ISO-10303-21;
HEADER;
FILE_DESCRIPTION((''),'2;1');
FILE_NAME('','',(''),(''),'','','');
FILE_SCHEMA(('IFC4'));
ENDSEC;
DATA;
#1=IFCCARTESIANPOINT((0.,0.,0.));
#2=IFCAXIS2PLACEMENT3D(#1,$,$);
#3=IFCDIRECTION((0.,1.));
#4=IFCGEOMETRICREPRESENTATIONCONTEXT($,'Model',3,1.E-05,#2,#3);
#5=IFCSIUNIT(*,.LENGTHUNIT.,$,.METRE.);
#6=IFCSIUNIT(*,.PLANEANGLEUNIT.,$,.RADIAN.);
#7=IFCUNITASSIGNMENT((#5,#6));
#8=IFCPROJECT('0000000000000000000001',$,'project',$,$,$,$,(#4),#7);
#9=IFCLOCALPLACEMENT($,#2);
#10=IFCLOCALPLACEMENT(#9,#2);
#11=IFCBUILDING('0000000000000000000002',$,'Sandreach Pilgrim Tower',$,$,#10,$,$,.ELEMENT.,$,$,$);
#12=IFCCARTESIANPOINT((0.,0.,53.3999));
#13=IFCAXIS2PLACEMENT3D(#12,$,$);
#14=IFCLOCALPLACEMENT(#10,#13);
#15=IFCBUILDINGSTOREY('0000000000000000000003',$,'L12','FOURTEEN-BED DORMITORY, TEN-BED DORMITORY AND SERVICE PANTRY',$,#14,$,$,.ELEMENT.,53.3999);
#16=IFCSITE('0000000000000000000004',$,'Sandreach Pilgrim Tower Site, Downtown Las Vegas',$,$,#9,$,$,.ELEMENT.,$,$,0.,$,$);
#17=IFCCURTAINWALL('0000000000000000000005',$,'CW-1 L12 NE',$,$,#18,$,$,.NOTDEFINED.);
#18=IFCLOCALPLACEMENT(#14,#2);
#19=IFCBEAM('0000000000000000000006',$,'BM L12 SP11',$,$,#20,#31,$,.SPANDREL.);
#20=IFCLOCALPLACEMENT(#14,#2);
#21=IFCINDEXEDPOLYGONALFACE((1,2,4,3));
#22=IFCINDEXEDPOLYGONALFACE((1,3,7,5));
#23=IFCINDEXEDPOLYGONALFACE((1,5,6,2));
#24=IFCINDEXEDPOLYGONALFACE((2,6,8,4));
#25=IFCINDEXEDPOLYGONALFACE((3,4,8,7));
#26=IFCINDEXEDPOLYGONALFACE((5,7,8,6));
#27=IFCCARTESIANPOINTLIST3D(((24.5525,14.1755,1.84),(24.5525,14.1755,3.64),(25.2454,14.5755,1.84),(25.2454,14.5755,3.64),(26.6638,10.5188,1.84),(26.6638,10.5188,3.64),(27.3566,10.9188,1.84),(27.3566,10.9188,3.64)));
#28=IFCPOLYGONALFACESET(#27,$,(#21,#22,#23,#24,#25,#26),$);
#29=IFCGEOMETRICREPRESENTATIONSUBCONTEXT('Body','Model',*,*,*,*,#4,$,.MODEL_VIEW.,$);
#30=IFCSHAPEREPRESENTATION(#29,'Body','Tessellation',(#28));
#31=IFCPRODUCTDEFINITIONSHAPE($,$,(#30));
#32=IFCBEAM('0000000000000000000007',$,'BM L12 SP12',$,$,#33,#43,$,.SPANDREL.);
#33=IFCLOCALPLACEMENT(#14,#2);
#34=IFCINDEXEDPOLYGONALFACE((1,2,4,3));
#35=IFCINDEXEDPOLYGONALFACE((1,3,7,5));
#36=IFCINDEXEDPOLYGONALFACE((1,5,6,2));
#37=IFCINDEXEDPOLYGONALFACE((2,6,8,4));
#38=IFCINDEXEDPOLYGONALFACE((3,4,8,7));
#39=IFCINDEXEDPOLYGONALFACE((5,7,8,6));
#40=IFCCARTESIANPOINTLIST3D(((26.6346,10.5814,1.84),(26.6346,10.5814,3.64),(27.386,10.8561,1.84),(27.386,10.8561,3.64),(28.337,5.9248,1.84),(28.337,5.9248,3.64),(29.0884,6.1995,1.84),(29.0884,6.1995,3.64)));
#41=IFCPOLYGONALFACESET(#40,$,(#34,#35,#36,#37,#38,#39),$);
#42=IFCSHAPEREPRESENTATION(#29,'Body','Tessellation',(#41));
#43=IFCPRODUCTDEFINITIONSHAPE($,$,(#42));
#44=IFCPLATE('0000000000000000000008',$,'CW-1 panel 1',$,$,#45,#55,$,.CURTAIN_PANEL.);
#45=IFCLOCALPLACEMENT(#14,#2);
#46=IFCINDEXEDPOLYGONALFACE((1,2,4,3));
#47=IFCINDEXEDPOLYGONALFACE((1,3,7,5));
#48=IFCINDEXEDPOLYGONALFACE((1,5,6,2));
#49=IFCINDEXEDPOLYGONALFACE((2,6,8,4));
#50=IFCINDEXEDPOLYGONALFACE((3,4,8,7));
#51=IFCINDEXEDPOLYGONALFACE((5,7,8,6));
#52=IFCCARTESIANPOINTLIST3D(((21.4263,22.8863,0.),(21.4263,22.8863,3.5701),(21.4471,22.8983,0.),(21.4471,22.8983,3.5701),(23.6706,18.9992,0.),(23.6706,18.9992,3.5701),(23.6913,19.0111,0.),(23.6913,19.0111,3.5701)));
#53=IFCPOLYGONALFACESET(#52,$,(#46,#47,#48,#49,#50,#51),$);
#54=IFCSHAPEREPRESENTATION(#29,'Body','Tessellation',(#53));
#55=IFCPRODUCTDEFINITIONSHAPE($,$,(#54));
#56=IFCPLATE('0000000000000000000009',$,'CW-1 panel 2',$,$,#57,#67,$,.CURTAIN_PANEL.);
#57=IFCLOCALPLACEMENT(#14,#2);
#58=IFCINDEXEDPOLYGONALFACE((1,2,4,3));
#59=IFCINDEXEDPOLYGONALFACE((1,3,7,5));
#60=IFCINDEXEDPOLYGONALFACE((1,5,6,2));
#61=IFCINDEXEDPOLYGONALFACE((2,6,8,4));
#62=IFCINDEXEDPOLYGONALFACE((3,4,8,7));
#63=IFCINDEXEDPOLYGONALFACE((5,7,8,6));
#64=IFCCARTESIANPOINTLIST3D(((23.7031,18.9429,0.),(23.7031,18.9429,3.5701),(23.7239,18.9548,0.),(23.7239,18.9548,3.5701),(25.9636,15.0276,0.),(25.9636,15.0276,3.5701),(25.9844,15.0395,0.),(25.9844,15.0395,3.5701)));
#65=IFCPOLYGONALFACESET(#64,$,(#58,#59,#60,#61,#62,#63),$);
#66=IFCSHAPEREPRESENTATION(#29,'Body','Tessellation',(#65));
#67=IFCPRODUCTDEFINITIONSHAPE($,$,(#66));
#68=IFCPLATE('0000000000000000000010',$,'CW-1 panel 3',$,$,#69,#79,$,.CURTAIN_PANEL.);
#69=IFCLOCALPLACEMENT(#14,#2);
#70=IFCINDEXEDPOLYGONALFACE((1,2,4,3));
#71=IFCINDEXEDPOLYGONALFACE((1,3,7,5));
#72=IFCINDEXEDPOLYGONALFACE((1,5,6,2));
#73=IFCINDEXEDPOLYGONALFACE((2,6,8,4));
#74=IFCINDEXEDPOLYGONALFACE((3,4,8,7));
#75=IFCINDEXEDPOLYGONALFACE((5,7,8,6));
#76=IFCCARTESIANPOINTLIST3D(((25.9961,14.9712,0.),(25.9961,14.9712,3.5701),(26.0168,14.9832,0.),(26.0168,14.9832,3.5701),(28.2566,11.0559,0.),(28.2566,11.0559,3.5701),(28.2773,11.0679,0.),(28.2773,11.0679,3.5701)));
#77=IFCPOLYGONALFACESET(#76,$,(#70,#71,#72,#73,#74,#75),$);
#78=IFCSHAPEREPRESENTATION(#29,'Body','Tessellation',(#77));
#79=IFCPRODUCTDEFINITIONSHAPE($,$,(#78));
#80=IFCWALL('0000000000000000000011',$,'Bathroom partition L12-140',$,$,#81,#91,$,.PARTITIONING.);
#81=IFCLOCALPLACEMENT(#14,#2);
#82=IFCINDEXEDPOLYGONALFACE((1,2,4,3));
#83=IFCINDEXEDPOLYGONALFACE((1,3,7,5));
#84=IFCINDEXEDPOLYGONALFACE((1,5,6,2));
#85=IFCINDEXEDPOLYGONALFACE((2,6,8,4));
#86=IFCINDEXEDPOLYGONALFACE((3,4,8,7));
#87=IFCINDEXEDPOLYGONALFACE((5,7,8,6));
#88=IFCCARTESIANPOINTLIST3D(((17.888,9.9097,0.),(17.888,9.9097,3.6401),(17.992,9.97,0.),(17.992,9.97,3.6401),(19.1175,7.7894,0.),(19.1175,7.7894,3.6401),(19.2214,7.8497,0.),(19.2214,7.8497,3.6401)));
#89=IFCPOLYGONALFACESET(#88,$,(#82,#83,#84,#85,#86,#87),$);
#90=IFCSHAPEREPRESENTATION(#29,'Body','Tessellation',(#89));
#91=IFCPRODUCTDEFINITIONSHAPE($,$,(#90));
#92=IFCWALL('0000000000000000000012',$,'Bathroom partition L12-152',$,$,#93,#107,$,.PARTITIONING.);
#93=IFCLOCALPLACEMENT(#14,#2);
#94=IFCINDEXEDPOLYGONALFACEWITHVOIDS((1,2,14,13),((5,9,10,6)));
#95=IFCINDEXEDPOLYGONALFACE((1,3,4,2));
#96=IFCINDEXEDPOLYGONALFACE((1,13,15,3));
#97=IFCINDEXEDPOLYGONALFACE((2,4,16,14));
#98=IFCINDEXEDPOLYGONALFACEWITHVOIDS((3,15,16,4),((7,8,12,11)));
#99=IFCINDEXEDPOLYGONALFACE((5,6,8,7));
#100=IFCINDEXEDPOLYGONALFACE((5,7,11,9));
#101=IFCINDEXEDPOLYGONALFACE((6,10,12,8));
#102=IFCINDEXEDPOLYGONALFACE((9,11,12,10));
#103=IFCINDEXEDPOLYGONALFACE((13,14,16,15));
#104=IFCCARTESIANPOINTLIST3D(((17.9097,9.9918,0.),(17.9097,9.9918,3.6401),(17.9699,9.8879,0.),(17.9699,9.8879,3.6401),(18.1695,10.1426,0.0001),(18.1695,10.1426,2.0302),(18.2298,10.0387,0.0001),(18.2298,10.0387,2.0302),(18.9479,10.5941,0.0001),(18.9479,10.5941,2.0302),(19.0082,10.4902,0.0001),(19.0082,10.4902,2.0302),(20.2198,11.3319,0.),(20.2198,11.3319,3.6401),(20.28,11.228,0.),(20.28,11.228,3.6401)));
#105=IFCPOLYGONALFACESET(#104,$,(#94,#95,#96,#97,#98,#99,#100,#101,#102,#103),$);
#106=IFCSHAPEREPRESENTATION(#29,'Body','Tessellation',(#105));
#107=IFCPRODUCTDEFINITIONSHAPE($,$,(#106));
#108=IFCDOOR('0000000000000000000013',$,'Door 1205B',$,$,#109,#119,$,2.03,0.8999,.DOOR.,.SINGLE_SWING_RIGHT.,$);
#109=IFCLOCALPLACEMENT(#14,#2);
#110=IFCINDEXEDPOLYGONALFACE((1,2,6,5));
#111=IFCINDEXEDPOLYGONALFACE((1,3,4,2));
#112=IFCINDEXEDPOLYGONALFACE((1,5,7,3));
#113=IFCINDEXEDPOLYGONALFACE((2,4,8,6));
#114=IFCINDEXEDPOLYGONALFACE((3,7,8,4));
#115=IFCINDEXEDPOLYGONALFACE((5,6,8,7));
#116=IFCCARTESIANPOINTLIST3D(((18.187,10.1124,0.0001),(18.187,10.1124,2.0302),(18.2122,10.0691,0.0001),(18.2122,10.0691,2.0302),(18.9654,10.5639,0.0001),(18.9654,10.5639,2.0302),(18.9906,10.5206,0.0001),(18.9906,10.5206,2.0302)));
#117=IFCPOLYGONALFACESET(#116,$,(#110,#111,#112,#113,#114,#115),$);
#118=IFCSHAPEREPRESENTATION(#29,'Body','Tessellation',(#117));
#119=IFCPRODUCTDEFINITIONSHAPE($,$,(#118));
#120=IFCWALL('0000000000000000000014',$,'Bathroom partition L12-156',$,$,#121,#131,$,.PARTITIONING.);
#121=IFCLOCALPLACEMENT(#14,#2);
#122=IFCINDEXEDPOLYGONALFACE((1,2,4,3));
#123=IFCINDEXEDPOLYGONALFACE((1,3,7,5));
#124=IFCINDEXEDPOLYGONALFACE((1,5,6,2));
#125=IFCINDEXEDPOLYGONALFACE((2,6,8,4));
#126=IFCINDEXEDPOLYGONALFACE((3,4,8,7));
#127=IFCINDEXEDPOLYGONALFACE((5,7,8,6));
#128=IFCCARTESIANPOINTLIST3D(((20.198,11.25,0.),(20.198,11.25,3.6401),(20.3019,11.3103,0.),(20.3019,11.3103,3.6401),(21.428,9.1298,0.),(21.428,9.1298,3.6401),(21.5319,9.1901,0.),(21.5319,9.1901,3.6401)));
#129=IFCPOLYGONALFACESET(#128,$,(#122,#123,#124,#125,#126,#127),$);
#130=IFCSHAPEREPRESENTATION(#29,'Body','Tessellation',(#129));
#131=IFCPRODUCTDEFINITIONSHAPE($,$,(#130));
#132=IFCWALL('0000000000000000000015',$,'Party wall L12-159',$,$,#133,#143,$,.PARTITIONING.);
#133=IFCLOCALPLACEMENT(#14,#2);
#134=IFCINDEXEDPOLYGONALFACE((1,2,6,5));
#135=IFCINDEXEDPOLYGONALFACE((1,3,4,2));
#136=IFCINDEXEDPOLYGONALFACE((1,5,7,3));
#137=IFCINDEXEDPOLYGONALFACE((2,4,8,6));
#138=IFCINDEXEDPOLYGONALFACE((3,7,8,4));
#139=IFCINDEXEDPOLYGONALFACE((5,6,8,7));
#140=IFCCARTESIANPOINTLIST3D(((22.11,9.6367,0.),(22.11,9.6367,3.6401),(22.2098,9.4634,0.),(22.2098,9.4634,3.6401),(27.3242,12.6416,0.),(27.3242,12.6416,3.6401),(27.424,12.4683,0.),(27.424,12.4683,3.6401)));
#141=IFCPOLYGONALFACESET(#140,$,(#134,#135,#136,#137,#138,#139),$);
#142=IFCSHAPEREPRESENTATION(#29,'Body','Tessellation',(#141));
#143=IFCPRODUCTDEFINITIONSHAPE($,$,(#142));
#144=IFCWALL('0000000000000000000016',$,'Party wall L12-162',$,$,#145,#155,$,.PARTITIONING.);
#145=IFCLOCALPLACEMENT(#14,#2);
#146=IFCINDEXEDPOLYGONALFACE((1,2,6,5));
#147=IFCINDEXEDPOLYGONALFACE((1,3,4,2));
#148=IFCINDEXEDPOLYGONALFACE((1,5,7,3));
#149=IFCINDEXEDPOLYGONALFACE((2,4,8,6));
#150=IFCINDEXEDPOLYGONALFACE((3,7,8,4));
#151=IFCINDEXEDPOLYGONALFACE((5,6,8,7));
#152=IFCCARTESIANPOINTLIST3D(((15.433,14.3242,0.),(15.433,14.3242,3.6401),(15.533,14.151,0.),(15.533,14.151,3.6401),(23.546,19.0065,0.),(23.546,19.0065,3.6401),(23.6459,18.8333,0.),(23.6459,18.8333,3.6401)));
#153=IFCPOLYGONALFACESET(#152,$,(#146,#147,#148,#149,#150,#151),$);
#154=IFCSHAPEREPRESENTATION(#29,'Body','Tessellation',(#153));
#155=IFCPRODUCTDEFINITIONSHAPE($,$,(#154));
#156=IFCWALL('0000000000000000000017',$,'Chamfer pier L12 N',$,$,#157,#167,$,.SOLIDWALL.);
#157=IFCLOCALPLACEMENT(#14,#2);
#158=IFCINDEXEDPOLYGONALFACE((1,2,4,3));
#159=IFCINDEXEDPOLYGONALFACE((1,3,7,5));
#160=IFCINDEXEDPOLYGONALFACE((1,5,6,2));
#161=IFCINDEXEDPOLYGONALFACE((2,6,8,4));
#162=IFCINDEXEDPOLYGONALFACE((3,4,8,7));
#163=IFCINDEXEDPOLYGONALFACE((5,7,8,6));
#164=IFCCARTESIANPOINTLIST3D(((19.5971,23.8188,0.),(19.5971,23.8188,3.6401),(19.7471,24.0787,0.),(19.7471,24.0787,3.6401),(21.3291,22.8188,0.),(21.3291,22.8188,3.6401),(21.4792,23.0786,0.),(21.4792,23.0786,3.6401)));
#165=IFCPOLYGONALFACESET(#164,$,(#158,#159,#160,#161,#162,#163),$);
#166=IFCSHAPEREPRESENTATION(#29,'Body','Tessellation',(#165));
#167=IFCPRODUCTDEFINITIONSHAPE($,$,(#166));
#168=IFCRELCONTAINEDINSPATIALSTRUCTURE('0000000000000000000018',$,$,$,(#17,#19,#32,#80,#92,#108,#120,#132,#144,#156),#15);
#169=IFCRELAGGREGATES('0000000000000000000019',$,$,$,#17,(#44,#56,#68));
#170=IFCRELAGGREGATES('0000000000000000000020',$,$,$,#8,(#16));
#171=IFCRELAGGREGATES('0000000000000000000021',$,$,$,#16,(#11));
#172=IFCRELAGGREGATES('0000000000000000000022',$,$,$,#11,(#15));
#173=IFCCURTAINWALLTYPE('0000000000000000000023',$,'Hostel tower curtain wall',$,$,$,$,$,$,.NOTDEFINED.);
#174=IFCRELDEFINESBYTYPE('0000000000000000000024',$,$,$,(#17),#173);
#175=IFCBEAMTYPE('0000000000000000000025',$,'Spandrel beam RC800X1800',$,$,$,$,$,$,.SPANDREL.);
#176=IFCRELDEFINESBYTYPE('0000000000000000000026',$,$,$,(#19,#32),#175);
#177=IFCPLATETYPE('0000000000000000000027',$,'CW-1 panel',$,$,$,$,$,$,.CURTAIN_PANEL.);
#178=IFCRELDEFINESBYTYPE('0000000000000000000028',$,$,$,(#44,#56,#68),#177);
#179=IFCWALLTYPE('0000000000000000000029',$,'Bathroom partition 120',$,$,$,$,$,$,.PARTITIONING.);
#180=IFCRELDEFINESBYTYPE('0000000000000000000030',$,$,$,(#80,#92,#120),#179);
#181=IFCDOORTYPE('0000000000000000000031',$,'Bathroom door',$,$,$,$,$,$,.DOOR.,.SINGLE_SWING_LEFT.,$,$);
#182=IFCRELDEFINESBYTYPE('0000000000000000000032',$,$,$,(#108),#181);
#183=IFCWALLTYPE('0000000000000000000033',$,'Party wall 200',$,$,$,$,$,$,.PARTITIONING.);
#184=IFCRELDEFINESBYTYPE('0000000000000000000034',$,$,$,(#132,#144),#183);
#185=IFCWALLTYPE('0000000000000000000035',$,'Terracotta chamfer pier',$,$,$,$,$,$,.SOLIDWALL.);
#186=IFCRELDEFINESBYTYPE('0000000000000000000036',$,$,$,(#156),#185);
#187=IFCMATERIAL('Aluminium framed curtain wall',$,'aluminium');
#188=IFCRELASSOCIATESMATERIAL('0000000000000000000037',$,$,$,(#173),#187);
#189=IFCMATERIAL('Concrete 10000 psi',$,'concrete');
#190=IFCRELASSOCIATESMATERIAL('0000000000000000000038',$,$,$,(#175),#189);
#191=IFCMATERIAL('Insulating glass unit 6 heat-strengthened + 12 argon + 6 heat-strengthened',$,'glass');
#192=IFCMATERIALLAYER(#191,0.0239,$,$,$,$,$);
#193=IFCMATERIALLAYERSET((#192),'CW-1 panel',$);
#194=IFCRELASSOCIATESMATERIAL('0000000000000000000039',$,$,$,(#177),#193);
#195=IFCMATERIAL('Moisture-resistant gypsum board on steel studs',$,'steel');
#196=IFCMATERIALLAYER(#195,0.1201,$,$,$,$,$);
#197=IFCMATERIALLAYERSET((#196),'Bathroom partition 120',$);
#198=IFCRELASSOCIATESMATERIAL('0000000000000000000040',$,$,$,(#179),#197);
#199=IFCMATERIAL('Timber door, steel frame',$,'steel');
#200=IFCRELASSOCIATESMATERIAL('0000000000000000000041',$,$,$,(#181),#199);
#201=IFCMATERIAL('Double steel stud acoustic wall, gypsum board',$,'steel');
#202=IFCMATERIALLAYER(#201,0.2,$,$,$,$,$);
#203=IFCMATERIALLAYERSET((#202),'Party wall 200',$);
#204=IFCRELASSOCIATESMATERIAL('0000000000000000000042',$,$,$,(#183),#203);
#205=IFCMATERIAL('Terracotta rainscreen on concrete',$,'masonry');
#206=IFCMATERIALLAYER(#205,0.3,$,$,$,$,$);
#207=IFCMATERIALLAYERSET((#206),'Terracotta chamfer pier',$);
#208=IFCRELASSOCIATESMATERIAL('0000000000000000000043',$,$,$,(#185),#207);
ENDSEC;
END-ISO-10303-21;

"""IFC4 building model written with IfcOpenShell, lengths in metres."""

from ifc_helpers import new_model, si_unit, direction, frame, frame_2d, origin, origin_2d, place, context, subcontext, project, spatial, rectangle, extrude, material, layer, layer_set, material_profile, profile_set, type_object, element, fill, aggregate, save


model = new_model("IFC4")

# Units and contexts
model_context = context("Model", 3, precision=1e-05, world=origin(), true_north=direction((0.0, 1.0)))
body_context = subcontext(model_context, "Body", "Model", "MODEL_VIEW")
ifc_project = project(units=[si_unit("LENGTHUNIT", "METRE"), si_unit("PLANEANGLEUNIT", "RADIAN")], contexts=[model_context])

# Site, building, storey
site_placement = place(None, origin())
site = spatial("IfcSite", under=ifc_project, at=site_placement, Name="Sandreach Pilgrim Tower Site, Downtown Las Vegas", CompositionType="ELEMENT", RefElevation=0.0)
building_placement = place(site_placement, origin())
building = spatial("IfcBuilding", under=site, at=building_placement, Name="Sandreach Pilgrim Tower", CompositionType="ELEMENT")
storey_placement = place(building_placement, frame((0.0, 0.0, 53.3999)))
storey = spatial("IfcBuildingStorey", under=building, at=storey_placement, Name="L12", Description="FOURTEEN-BED DORMITORY, TEN-BED DORMITORY AND SERVICE PANTRY", CompositionType="ELEMENT", Elevation=53.3999)

# Shared definitions
ifc_material_1 = material(Name="Aluminium framed curtain wall", Category="aluminium")
curtain_wall_type = type_object("IfcCurtainWallType", Name="Hostel tower curtain wall", PredefinedType="NOTDEFINED", material=ifc_material_1)

# Curtain wall
curtain_wall_1_placement = place(storey_placement, origin())
curtain_wall_1 = element("IfcCurtainWall", 1, at=curtain_wall_1_placement, inside=storey, type_object=curtain_wall_type, Name="CW-1 L12 NE", PredefinedType="NOTDEFINED")

# Beams
ifc_material_2 = material(Name="Concrete 10000 psi", Category="concrete")
ifc_material_profile_1 = material_profile(ifc_material_2, rectangle(XDim=0.8, YDim=1.8, at=origin_2d()), Name="RC800X1800")
ifc_profile_set_1 = profile_set([ifc_material_profile_1], Name="Concrete 10000 psi")
beam_type_1 = type_object("IfcBeamType", Name="Spandrel beam RC800X1800", PredefinedType="SPANDREL", material=ifc_profile_set_1)
beam_1_placement = place(storey_placement, frame((24.8989, 14.3755, 2.74), z_axis=(0.500019, -0.866014, 0.0), x_axis=(0.866014, 0.500019, 0.0)))
element("IfcBeam", 2, at=beam_1_placement, inside=storey, type_object=beam_type_1, Name="BM L12 SP11", PredefinedType="SPANDREL", context=body_context, shape_type="SweptSolid", body=[
    extrude(rectangle(XDim=0.8, YDim=1.8, at=origin_2d()), origin(), (0.0, 0.0, 1.0), 4.2224),
])
beam_2_placement = place(storey_placement, frame((27.0103, 10.7188, 2.74), z_axis=(0.343368, -0.939201, 0.0), x_axis=(0.939201, 0.343368, 0.0)))
element("IfcBeam", 3, at=beam_2_placement, inside=storey, type_object=beam_type_1, Name="BM L12 SP12", PredefinedType="SPANDREL", context=body_context, shape_type="SweptSolid", body=[
    extrude(rectangle(XDim=0.8, YDim=1.8, at=origin_2d()), origin(), (0.0, 0.0, 1.0), 4.958),
])

# Plates
ifc_material_3 = material(Name="Insulating glass unit 6 heat-strengthened + 12 argon + 6 heat-strengthened", Category="glass")
ifc_layer_1 = layer(ifc_material_3, 0.0239)
ifc_layer_set_1 = layer_set([ifc_layer_1], Name="CW-1 panel")
plate_type = type_object("IfcPlateType", Name="CW-1 panel", PredefinedType="CURTAIN_PANEL", material=ifc_layer_set_1)
plate_1_placement = place(storey_placement, frame((22.5588, 20.9487, 0.0), z_axis=(0.0, 0.0, 1.0), x_axis=(0.5, -0.866025, 0.0)))
plate_1 = element("IfcPlate", 4, at=plate_1_placement, type_object=plate_type, Name="CW-1 panel 1", PredefinedType="CURTAIN_PANEL", context=body_context, shape_type="SweptSolid", body=[
    extrude(rectangle(XDim=4.4885, YDim=0.0239, at=origin_2d()), origin(), (0.0, 0.0, 1.0), 3.5701),
])
plate_2_placement = place(storey_placement, frame((24.8438, 16.9912, 0.0), z_axis=(0.0, 0.0, 1.0), x_axis=(0.5, -0.866025, 0.0)))
plate_2 = element("IfcPlate", 5, at=plate_2_placement, type_object=plate_type, Name="CW-1 panel 2", PredefinedType="CURTAIN_PANEL", context=body_context, shape_type="SweptSolid", body=[
    extrude(rectangle(XDim=4.521, YDim=0.0239, at=origin_2d()), origin(), (0.0, 0.0, 1.0), 3.5701),
])
plate_3_placement = place(storey_placement, frame((27.1367, 13.0195, 0.0), z_axis=(0.0, 0.0, 1.0), x_axis=(0.5, -0.866025, 0.0)))
plate_3 = element("IfcPlate", 6, at=plate_3_placement, type_object=plate_type, Name="CW-1 panel 3", PredefinedType="CURTAIN_PANEL", context=body_context, shape_type="SweptSolid", body=[
    extrude(rectangle(XDim=4.521, YDim=0.0239, at=origin_2d()), origin(), (0.0, 0.0, 1.0), 3.5701),
])
aggregate(curtain_wall_1, [plate_1, plate_2, plate_3])

# Wall
ifc_material_4 = material(Name="Moisture-resistant gypsum board on steel studs", Category="steel")
ifc_layer_2 = layer(ifc_material_4, 0.1201)
ifc_layer_set_2 = layer_set([ifc_layer_2], Name="Bathroom partition 120")
wall_type_1 = type_object("IfcWallType", Name="Bathroom partition 120", PredefinedType="PARTITIONING", material=ifc_layer_set_2)
wall_1_placement = place(storey_placement, frame((17.9399, 9.9399, 0.0), z_axis=(0.0, 0.0, 1.0), x_axis=(0.501621, -0.865087, 0.0)))
element("IfcWall", 7, at=wall_1_placement, inside=storey, type_object=wall_type_1, Name="Bathroom partition L12-140", PredefinedType="PARTITIONING", context=body_context, shape_type="SweptSolid", body=[
    extrude(rectangle(XDim=2.4509, YDim=0.1201, at=frame_2d((1.2256, 0.0))), origin(), (0.0, 0.0, 1.0), 3.6401),
])

# Wall, opening, door
wall_2_placement = place(storey_placement, frame((20.25, 11.28, 0.0), z_axis=(0.0, 0.0, 1.0), x_axis=(-0.86499, -0.501789, 0.0)))
wall_2 = element("IfcWall", 8, at=wall_2_placement, inside=storey, type_object=wall_type_1, Name="Bathroom partition L12-152", PredefinedType="PARTITIONING", context=body_context, shape_type="SweptSolid", body=[
    extrude(rectangle(XDim=2.6707, YDim=0.1201, at=frame_2d((1.3354, 0.0))), origin(), (0.0, 0.0, 1.0), 3.6401),
])
opening_placement = place(wall_2_placement, frame((1.4705, 0.0, 0.0)))
opening = element("IfcOpeningElement", 9, at=opening_placement, cuts=wall_2, PredefinedType="OPENING", context=body_context, shape_type="SweptSolid", body=[
    extrude(rectangle(XDim=0.8999, YDim=2.03, at=frame_2d((0.45, 1.0151))), frame((0.0, 0.0601, 0.0), z_axis=(0.0, -1.0, 0.0), x_axis=(1.0, 0.0, 0.0)), (0.0, 0.0, 1.0), 0.1201),
])
ifc_material_5 = material(Name="Timber door, steel frame", Category="steel")
door_type = type_object("IfcDoorType", Name="Bathroom door", OperationType="SINGLE_SWING_LEFT", PredefinedType="DOOR", material=ifc_material_5)
door_placement = place(opening_placement, origin())
door = element("IfcDoor", 10, at=door_placement, inside=storey, type_object=door_type, Name="Door 1205B", OperationType="SINGLE_SWING_RIGHT", OverallHeight=2.03, OverallWidth=0.8999, PredefinedType="DOOR", context=body_context, shape_type="SweptSolid", body=[
    extrude(rectangle(XDim=0.8999, YDim=2.03, at=frame_2d((0.45, 1.0151))), frame((0.0, 0.0249, 0.0), z_axis=(0.0, -1.0, 0.0), x_axis=(1.0, 0.0, 0.0)), (0.0, 0.0, 1.0), 0.05),
])
fill(opening, door)

# Walls
wall_3_placement = place(storey_placement, frame((21.48, 9.1599, 0.0), z_axis=(0.0, 0.0, 1.0), x_axis=(-0.501813, 0.864976, 0.0)))
element("IfcWall", 11, at=wall_3_placement, inside=storey, type_object=wall_type_1, Name="Bathroom partition L12-156", PredefinedType="PARTITIONING", context=body_context, shape_type="SweptSolid", body=[
    extrude(rectangle(XDim=2.4512, YDim=0.1201, at=frame_2d((1.2256, 0.0))), origin(), (0.0, 0.0, 1.0), 3.6401),
])
ifc_material_6 = material(Name="Double steel stud acoustic wall, gypsum board", Category="steel")
ifc_layer_3 = layer(ifc_material_6, 0.2)
ifc_layer_set_3 = layer_set([ifc_layer_3], Name="Party wall 200")
wall_type_2 = type_object("IfcWallType", Name="Party wall 200", PredefinedType="PARTITIONING", material=ifc_layer_set_3)
wall_4_placement = place(storey_placement, frame((22.1599, 9.55, 0.0), z_axis=(0.0, 0.0, 1.0), x_axis=(0.86642, 0.499316, 0.0)))
element("IfcWall", 12, at=wall_4_placement, inside=storey, type_object=wall_type_2, Name="Party wall L12-159", PredefinedType="PARTITIONING", context=body_context, shape_type="SweptSolid", body=[
    extrude(rectangle(XDim=6.0181, YDim=0.2, at=frame_2d((3.009, 0.0))), origin(), (0.0, 0.0, 1.0), 3.6401),
])
wall_5_placement = place(storey_placement, frame((23.5959, 18.9199, 0.0), z_axis=(0.0, 0.0, 1.0), x_axis=(-0.866104, -0.499865, 0.0)))
element("IfcWall", 13, at=wall_5_placement, inside=storey, type_object=wall_type_2, Name="Party wall L12-162", PredefinedType="PARTITIONING", context=body_context, shape_type="SweptSolid", body=[
    extrude(rectangle(XDim=9.3672, YDim=0.2, at=frame_2d((4.6836, 0.0))), origin(), (0.0, 0.0, 1.0), 3.6401),
])
ifc_material_7 = material(Name="Terracotta rainscreen on concrete", Category="masonry")
ifc_layer_4 = layer(ifc_material_7, 0.3)
ifc_layer_set_4 = layer_set([ifc_layer_4], Name="Terracotta chamfer pier")
wall_type_3 = type_object("IfcWallType", Name="Terracotta chamfer pier", PredefinedType="SOLIDWALL", material=ifc_layer_set_4)
wall_6_placement = place(storey_placement, frame((19.6721, 23.9487, 0.0), z_axis=(0.0, 0.0, 1.0), x_axis=(0.866011, -0.500025, 0.0)))
element("IfcWall", 14, at=wall_6_placement, inside=storey, type_object=wall_type_3, Name="Chamfer pier L12 N", PredefinedType="SOLIDWALL", context=body_context, shape_type="SweptSolid", body=[
    extrude(rectangle(XDim=2.0, YDim=0.3, at=frame_2d((1.0, 0.0))), origin(), (0.0, 0.0, 1.0), 3.6401),
])

save(model, "model.ifc")
